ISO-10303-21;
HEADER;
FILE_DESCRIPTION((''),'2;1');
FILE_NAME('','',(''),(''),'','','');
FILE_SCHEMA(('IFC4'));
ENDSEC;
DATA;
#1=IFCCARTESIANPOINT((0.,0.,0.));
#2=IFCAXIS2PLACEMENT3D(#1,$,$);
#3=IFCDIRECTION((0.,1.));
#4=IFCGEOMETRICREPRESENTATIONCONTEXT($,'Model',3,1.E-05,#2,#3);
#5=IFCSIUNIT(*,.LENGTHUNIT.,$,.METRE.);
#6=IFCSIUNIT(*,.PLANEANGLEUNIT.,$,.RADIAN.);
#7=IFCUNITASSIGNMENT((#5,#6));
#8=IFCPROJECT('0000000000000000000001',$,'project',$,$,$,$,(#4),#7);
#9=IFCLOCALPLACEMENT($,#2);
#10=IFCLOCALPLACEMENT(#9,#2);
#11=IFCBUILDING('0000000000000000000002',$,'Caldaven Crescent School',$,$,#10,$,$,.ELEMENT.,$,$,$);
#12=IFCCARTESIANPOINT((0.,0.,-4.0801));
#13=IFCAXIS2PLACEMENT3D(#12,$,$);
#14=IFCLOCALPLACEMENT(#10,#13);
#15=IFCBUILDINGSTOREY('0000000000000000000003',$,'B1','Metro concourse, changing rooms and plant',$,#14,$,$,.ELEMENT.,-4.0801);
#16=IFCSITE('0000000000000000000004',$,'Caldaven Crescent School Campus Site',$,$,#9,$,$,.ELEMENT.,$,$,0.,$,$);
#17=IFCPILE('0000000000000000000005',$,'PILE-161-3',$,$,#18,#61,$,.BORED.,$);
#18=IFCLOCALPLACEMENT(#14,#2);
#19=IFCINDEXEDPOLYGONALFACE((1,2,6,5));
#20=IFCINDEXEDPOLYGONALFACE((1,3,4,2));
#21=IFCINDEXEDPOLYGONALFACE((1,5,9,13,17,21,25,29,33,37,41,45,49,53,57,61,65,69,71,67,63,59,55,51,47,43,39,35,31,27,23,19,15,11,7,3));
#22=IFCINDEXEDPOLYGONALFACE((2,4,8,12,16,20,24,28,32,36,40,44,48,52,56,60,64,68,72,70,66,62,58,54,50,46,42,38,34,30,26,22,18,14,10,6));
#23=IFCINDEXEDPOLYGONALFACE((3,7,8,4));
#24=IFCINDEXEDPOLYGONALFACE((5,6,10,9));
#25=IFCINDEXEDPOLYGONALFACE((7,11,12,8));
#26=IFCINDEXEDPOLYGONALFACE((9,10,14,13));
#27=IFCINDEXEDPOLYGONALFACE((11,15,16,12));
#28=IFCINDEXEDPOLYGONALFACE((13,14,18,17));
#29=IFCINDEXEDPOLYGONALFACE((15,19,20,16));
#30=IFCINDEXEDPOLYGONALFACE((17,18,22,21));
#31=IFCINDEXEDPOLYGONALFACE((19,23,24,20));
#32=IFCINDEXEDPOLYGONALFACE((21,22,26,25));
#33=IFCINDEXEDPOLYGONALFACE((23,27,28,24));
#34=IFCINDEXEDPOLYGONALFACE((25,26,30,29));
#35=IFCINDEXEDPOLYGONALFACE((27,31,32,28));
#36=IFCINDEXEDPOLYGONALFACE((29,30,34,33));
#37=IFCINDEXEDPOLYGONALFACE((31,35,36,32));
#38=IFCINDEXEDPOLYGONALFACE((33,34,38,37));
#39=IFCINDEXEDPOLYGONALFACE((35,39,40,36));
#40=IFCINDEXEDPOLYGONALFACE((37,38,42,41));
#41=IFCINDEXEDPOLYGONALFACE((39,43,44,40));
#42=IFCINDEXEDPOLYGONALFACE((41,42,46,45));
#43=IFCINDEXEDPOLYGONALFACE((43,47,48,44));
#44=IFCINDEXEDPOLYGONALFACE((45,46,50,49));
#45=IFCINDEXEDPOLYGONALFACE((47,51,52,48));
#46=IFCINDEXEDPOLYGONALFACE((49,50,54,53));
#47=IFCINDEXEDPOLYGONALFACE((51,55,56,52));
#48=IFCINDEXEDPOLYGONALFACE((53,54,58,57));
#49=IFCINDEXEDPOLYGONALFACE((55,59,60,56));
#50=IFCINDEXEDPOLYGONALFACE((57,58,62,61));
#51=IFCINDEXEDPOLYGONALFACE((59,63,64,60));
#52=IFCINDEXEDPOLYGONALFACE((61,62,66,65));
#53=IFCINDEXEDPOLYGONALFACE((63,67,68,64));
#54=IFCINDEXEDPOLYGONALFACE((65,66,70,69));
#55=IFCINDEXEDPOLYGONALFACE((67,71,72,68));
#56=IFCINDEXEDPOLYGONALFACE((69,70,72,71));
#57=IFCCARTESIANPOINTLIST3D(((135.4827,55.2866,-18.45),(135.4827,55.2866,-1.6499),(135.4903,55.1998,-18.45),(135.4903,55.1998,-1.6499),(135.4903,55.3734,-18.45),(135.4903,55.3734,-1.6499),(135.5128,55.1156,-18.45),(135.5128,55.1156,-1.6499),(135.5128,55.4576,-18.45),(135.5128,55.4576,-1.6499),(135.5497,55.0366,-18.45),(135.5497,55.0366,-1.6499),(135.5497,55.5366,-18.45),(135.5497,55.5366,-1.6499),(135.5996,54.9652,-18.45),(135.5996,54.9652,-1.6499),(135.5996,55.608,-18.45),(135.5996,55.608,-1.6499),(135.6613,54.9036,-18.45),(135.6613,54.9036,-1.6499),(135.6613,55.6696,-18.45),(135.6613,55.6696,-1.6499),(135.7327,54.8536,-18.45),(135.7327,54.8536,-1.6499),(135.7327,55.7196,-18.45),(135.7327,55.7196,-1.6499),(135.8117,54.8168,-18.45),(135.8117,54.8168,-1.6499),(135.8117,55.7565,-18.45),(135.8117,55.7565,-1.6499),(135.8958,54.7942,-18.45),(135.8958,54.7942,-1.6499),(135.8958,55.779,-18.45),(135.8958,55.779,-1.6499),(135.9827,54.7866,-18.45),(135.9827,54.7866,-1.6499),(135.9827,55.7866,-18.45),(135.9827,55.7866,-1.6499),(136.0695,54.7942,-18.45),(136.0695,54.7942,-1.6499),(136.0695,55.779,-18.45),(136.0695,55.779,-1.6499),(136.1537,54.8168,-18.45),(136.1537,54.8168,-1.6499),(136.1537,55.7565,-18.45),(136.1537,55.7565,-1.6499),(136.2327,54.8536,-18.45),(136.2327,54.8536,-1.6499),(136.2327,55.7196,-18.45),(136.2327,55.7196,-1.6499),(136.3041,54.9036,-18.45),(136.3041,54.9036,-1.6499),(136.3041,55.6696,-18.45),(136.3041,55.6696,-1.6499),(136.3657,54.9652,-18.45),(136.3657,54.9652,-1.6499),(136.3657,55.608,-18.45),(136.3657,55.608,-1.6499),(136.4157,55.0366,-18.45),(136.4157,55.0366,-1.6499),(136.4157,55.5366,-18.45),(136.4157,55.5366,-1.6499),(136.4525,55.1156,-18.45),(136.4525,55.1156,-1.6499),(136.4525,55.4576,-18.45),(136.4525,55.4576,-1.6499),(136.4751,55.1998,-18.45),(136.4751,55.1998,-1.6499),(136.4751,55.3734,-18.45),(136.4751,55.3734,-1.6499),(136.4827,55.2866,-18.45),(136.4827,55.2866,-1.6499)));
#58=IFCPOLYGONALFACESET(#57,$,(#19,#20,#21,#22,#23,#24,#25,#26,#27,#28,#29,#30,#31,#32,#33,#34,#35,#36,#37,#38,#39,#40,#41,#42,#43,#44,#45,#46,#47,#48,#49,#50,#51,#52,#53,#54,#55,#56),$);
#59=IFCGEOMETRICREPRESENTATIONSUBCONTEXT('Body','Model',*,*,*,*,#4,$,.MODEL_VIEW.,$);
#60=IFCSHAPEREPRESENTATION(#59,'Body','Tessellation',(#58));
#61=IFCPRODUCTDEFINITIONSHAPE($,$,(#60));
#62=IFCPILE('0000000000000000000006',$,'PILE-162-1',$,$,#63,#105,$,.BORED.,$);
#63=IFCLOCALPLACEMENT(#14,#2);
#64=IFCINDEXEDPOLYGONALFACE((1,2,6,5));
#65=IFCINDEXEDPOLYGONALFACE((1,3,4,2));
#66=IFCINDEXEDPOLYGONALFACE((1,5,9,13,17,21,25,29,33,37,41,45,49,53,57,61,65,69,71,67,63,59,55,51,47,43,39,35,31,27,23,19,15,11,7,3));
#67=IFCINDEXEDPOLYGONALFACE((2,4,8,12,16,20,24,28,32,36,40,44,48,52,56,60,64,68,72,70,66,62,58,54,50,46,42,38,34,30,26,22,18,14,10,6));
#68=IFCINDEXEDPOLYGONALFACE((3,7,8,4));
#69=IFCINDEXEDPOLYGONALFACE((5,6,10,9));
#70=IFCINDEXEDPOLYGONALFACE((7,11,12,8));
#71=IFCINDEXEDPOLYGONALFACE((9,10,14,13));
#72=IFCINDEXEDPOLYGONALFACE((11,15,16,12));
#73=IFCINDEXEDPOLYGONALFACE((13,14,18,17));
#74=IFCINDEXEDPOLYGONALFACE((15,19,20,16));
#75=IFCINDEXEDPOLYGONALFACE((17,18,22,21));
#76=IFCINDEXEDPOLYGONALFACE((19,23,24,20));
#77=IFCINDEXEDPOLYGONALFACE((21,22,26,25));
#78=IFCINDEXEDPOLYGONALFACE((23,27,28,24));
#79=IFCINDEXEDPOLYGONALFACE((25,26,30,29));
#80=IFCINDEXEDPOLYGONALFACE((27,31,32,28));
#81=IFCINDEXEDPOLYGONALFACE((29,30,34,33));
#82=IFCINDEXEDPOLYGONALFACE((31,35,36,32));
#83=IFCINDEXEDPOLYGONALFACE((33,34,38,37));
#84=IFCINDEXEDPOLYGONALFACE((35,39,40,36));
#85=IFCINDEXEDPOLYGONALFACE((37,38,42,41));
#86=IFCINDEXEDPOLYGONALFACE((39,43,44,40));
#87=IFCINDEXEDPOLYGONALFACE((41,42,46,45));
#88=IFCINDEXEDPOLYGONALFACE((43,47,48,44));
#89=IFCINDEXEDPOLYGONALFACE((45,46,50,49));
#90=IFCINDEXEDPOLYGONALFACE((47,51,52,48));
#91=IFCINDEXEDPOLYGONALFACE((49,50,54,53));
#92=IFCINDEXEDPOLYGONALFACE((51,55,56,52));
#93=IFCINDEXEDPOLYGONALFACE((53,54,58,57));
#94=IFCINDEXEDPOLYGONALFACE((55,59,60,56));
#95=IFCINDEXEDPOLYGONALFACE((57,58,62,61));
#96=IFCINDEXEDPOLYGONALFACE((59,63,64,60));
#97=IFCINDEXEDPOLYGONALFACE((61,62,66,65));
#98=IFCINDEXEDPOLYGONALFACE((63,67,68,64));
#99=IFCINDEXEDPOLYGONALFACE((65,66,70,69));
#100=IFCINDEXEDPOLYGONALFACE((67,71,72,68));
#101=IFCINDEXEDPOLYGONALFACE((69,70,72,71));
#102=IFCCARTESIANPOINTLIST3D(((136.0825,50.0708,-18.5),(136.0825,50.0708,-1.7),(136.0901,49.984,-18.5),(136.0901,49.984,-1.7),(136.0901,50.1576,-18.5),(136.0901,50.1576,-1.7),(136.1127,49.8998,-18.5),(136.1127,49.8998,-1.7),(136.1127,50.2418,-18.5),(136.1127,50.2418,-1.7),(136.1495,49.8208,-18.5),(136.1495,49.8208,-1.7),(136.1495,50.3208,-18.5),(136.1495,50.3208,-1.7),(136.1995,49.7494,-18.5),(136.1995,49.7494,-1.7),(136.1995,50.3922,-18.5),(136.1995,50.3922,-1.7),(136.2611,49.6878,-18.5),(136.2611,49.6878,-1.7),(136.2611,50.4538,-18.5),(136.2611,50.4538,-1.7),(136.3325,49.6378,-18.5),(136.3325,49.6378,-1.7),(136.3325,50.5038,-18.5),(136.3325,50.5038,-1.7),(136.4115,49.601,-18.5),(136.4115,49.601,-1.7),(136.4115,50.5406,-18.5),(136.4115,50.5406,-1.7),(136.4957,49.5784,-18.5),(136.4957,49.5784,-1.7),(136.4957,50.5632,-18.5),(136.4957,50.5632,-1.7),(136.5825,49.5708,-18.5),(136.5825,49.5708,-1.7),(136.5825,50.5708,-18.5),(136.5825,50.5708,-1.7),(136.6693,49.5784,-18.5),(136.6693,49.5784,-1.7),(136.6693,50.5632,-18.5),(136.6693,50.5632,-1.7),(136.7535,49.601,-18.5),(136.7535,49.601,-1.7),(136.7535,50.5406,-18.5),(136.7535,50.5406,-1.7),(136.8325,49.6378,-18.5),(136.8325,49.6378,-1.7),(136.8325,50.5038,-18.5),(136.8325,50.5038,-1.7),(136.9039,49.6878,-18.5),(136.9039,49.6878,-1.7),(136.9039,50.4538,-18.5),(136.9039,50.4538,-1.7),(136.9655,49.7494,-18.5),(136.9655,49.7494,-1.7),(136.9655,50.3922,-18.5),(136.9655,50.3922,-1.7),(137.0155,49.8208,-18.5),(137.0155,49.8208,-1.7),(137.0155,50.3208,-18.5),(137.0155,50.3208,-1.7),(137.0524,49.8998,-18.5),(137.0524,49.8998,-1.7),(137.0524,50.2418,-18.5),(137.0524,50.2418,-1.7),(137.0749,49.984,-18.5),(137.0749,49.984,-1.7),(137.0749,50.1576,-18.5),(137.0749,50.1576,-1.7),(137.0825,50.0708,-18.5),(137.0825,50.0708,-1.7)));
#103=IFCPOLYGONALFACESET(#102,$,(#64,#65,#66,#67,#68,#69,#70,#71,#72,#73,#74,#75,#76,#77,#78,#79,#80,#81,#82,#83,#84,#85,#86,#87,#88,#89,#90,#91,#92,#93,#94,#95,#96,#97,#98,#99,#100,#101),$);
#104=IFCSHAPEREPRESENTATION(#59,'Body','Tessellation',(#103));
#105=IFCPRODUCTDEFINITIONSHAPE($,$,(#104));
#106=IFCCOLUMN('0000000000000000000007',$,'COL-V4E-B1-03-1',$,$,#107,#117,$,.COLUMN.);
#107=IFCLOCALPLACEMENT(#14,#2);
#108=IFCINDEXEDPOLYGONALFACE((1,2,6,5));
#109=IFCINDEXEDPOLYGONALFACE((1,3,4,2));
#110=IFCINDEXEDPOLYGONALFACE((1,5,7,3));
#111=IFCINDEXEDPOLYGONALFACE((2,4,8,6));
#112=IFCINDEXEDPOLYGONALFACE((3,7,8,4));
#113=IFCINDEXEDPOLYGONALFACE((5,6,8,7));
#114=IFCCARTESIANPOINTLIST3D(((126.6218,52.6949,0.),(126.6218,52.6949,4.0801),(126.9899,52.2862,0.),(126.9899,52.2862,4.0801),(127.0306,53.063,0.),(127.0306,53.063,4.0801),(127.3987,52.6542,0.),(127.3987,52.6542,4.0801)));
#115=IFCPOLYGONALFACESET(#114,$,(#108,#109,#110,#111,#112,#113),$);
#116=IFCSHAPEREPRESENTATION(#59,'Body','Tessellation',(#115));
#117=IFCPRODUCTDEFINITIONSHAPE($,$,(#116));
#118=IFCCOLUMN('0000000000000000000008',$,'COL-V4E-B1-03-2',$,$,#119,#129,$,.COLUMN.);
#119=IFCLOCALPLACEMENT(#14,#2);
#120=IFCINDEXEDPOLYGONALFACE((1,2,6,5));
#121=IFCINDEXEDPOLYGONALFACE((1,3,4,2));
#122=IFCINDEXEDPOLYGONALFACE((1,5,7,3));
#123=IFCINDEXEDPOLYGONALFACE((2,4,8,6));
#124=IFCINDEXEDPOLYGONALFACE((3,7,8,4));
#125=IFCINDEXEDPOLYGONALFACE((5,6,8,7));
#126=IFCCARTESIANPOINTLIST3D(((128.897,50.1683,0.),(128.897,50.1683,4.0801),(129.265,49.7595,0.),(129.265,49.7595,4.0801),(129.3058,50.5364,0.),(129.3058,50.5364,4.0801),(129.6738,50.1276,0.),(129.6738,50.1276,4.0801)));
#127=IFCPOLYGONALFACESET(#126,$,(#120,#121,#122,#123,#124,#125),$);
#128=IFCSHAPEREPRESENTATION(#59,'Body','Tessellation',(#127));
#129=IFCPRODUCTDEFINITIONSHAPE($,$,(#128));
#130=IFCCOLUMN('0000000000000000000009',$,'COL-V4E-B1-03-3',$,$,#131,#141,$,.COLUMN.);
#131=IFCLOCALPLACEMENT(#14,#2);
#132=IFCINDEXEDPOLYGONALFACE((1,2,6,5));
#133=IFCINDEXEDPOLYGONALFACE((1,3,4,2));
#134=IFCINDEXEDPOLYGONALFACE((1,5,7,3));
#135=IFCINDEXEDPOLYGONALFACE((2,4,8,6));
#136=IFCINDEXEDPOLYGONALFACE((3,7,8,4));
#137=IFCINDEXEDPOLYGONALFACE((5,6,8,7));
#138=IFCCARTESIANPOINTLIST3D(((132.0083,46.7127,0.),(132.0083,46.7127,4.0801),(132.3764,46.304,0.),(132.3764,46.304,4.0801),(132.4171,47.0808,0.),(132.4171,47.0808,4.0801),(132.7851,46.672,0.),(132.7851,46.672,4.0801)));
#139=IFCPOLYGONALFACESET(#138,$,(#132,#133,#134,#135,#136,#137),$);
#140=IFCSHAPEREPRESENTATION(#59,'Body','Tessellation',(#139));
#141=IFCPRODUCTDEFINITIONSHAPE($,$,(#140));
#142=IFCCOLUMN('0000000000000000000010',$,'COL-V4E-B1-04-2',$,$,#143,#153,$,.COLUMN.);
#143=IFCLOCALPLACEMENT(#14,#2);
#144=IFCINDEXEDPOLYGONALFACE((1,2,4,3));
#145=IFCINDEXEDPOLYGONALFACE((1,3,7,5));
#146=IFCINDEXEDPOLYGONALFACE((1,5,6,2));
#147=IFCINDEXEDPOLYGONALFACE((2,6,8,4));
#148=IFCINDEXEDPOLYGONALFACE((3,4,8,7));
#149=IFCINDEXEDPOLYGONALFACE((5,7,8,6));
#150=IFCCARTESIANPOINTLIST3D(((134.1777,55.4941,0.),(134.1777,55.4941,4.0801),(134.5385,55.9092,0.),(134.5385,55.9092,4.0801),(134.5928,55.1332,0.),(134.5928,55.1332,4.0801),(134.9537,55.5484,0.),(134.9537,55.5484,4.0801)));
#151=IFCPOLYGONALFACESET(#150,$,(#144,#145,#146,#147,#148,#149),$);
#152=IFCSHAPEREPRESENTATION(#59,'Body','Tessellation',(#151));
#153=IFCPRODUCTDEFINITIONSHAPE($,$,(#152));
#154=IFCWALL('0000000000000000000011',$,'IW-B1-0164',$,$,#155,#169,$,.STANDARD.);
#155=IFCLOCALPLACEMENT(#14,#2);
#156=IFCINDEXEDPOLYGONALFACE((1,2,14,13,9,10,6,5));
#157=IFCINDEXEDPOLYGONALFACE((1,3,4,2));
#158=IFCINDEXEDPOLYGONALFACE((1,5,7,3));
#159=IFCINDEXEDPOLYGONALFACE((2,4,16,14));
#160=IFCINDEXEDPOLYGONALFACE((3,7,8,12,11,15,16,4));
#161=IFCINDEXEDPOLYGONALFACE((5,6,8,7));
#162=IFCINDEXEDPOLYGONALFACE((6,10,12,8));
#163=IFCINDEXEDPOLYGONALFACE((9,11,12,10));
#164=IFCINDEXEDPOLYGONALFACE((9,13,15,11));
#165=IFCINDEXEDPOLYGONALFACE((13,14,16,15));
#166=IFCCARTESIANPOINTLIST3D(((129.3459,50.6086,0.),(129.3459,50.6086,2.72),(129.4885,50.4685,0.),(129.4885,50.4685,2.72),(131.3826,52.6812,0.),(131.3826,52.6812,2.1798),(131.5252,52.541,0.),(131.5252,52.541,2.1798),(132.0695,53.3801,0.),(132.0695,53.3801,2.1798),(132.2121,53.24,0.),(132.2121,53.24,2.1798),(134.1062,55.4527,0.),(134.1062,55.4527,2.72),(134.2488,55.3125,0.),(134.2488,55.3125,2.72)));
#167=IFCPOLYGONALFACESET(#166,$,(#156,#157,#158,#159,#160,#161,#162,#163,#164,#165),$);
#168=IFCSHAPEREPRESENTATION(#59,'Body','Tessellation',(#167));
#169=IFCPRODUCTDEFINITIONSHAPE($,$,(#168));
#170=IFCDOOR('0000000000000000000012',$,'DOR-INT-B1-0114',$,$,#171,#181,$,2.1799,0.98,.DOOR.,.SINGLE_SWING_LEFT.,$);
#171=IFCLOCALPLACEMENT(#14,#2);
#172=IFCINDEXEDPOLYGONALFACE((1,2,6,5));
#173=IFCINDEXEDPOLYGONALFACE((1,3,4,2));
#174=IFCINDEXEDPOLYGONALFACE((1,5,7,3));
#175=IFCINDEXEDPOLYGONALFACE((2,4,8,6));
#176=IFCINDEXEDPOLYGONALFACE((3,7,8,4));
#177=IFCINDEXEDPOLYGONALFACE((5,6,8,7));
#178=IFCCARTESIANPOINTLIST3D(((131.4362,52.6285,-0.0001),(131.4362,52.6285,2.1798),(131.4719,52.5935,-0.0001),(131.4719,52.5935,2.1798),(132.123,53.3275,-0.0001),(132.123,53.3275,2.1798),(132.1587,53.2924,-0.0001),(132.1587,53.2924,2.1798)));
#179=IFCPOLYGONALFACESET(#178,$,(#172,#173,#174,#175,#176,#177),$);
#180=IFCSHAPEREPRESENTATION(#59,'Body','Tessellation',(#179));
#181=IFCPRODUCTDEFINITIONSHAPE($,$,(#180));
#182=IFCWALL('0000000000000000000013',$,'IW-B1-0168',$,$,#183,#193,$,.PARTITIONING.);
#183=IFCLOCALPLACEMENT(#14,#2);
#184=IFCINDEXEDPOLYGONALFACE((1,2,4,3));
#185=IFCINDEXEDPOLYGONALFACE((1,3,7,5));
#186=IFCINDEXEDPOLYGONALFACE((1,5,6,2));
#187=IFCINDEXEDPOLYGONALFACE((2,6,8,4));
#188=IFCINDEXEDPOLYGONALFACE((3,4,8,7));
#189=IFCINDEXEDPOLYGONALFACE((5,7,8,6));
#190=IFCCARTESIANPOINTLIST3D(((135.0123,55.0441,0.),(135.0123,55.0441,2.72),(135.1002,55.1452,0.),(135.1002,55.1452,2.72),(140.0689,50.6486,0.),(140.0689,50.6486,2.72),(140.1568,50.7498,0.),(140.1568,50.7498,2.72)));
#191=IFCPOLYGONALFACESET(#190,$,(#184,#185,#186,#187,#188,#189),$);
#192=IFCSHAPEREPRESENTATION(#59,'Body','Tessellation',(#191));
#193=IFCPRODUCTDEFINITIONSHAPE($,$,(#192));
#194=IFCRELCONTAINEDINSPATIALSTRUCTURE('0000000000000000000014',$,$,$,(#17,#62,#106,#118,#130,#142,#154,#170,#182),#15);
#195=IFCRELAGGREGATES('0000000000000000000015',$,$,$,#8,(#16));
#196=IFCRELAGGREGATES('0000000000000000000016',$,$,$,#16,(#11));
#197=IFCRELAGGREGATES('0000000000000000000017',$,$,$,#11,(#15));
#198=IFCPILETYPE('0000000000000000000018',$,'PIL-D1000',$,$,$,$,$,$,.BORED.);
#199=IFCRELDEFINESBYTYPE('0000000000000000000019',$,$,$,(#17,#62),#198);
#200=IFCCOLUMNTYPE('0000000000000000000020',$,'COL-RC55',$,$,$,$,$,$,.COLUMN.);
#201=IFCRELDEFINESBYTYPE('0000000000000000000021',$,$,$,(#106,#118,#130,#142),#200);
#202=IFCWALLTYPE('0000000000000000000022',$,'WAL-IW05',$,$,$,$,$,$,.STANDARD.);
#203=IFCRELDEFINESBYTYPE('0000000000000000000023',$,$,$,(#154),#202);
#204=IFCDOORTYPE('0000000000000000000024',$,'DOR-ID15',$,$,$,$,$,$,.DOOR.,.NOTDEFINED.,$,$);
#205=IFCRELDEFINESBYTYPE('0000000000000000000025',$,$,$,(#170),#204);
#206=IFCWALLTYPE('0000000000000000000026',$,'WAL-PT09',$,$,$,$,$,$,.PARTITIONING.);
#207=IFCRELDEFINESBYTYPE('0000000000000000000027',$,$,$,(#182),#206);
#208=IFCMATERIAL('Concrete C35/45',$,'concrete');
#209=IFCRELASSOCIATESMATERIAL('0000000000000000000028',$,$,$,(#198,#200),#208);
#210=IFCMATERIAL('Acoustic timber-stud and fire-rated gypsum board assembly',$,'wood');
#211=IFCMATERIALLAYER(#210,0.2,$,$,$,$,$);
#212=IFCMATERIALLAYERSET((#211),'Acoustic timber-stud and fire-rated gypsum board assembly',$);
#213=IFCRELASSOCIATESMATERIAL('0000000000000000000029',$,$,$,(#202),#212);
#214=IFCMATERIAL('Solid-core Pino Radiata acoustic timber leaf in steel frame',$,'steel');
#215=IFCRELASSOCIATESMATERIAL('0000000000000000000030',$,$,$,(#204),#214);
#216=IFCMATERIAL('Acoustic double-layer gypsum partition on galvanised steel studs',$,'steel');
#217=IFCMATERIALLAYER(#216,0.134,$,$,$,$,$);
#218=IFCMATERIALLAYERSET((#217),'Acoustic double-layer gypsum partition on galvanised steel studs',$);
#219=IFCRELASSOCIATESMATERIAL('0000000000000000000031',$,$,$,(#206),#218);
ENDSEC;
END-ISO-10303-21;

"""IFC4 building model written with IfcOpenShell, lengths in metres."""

from ifc_helpers import new_model, si_unit, direction, frame, frame_2d, origin, origin_2d, place, context, subcontext, project, spatial, rectangle, circle, extrude, material, layer, layer_set, material_profile, profile_set, type_object, element, fill, save


model = new_model("IFC4")

# Units and contexts
model_context = context("Model", 3, precision=1e-05, world=origin(), true_north=direction((0.0, 1.0)))
body_context = subcontext(model_context, "Body", "Model", "MODEL_VIEW")
ifc_project = project(units=[si_unit("LENGTHUNIT", "METRE"), si_unit("PLANEANGLEUNIT", "RADIAN")], contexts=[model_context])

# Site, building, storey
site_placement = place(None, origin())
site = spatial("IfcSite", under=ifc_project, at=site_placement, Name="Caldaven Crescent School Campus Site", CompositionType="ELEMENT", RefElevation=0.0)
building_placement = place(site_placement, origin())
building = spatial("IfcBuilding", under=site, at=building_placement, Name="Caldaven Crescent School", CompositionType="ELEMENT")
storey_placement = place(building_placement, frame((0.0, 0.0, -4.0801)))
storey = spatial("IfcBuildingStorey", under=building, at=storey_placement, Name="B1", Description="Metro concourse, changing rooms and plant", CompositionType="ELEMENT", Elevation=-4.0801)

# Shared definitions
ifc_material_1 = material(Name="Concrete C35/45", Category="concrete")

# Piles
ifc_material_profile_1 = material_profile(ifc_material_1, circle(Radius=0.5, at=origin_2d()), Name="PILE D1000")
ifc_profile_set_1 = profile_set([ifc_material_profile_1], Name="Concrete C35/45")
pile_type = type_object("IfcPileType", Name="PIL-D1000", PredefinedType="BORED", material=ifc_profile_set_1)
for number, where, z_axis, x_axis, name in (
    (1, (135.9827, 55.2866, -1.6499), (0.0, 0.0, -1.0), (1.0, 0.0, 0.0), "PILE-161-3"),
    (2, (136.5825, 50.0708, -1.7), (0.0, 0.0, -1.0), (1.0, 0.0, 0.0), "PILE-162-1"),
):
    element("IfcPile", number, at=place(storey_placement, frame(where, z_axis=z_axis, x_axis=x_axis)), inside=storey, type_object=pile_type, Name=name, PredefinedType="BORED", context=body_context, shape_type="SweptSolid", body=[
        extrude(circle(Radius=0.5, at=origin_2d()), origin(), (0.0, 0.0, 1.0), 16.8),
    ])

# Columns
ifc_material_profile_2 = material_profile(ifc_material_1, rectangle(XDim=0.55, YDim=0.55, at=origin_2d()), Name="RC 550x550")
ifc_profile_set_2 = profile_set([ifc_material_profile_2], Name="Concrete C35/45")
column_type = type_object("IfcColumnType", Name="COL-RC55", PredefinedType="COLUMN", material=ifc_profile_set_2)
for number, where, z_axis, x_axis, name in (
    (3, (127.0103, 52.6746, 0.0), (0.0, 0.0, 1.0), (0.669131, -0.743145, 0.0), "COL-V4E-B1-03-1"),
    (4, (129.2854, 50.1479, 0.0), (0.0, 0.0, 1.0), (0.669131, -0.743145, 0.0), "COL-V4E-B1-03-2"),
    (5, (132.3967, 46.6924, 0.0), (0.0, 0.0, 1.0), (0.669131, -0.743145, 0.0), "COL-V4E-B1-03-3"),
    (6, (134.5657, 55.5212, 0.0), (0.0, 0.0, 1.0), (0.75471, -0.656059, 0.0), "COL-V4E-B1-04-2"),
):
    element("IfcColumn", number, at=place(storey_placement, frame(where, z_axis=z_axis, x_axis=x_axis)), inside=storey, type_object=column_type, Name=name, PredefinedType="COLUMN", context=body_context, shape_type="SweptSolid", body=[
        extrude(rectangle(XDim=0.55, YDim=0.55, at=origin_2d()), origin(), (0.0, 0.0, 1.0), 4.0801),
    ])

# Wall, opening, door
ifc_material_2 = material(Name="Acoustic timber-stud and fire-rated gypsum board assembly", Category="wood")
ifc_material_3 = material(Name="Solid-core Pino Radiata acoustic timber leaf in steel frame", Category="steel")
ifc_layer_1 = layer(ifc_material_2, 0.2)
ifc_layer_set_1 = layer_set([ifc_layer_1], Name="Acoustic timber-stud and fire-rated gypsum board assembly")
wall_type_1 = type_object("IfcWallType", Name="WAL-IW05", PredefinedType="STANDARD", material=ifc_layer_set_1)
wall_1_placement = place(storey_placement, frame((129.4172, 50.5386, 0.0), z_axis=(0.0, 0.0, 1.0), x_axis=(0.700915, 0.713245, 0.0)))
wall_1 = element("IfcWall", 7, at=wall_1_placement, inside=storey, type_object=wall_type_1, Name="IW-B1-0164", PredefinedType="STANDARD", context=body_context, shape_type="SweptSolid", body=[
    extrude(rectangle(XDim=6.7915, YDim=0.2, at=frame_2d((3.3958, 0.0))), origin(), (0.0, 0.0, 1.0), 2.72),
])
opening_1_placement = place(wall_1_placement, frame((2.9058, 0.0, 0.0)))
opening_1 = element("IfcOpeningElement", 8, at=opening_1_placement, cuts=wall_1, PredefinedType="OPENING", context=body_context, shape_type="SweptSolid", body=[
    extrude(rectangle(XDim=0.98, YDim=2.1799, at=frame_2d((0.49, 1.0898))), frame((0.0, 0.1099, 0.0), z_axis=(0.0, -1.0, 0.0), x_axis=(1.0, 0.0, 0.0)), (0.0, 0.0, 1.0), 0.22),
])
door_type_1 = type_object("IfcDoorType", Name="DOR-ID15", OperationType="NOTDEFINED", PredefinedType="DOOR", material=ifc_material_3)
door_1_placement = place(opening_1_placement, origin())
door_1 = element("IfcDoor", 9, at=door_1_placement, inside=storey, type_object=door_type_1, Name="DOR-INT-B1-0114", OperationType="SINGLE_SWING_LEFT", OverallHeight=2.1799, OverallWidth=0.98, PredefinedType="DOOR", context=body_context, shape_type="SweptSolid", body=[
    extrude(rectangle(XDim=0.98, YDim=2.1799, at=frame_2d((0.49, 1.0898))), frame((0.0, 0.0249, 0.0), z_axis=(0.0, -1.0, 0.0), x_axis=(1.0, 0.0, 0.0)), (0.0, 0.0, 1.0), 0.05),
])
fill(opening_1, door_1)

# Wall
ifc_material_4 = material(Name="Acoustic double-layer gypsum partition on galvanised steel studs", Category="steel")
ifc_layer_2 = layer(ifc_material_4, 0.134)
ifc_layer_set_2 = layer_set([ifc_layer_2], Name="Acoustic double-layer gypsum partition on galvanised steel studs")
wall_type_2 = type_object("IfcWallType", Name="WAL-PT09", PredefinedType="PARTITIONING", material=ifc_layer_set_2)
wall_2_placement = place(storey_placement, frame((135.0562, 55.0947, 0.0), z_axis=(0.0, 0.0, 1.0), x_axis=(0.754722, -0.656045, 0.0)))
element("IfcWall", 10, at=wall_2_placement, inside=storey, type_object=wall_type_2, Name="IW-B1-0168", PredefinedType="PARTITIONING", context=body_context, shape_type="SweptSolid", body=[
    extrude(rectangle(XDim=6.7, YDim=0.134, at=frame_2d((3.3501, 0.0))), origin(), (0.0, 0.0, 1.0), 2.72),
])

save(model, "model.ifc")
